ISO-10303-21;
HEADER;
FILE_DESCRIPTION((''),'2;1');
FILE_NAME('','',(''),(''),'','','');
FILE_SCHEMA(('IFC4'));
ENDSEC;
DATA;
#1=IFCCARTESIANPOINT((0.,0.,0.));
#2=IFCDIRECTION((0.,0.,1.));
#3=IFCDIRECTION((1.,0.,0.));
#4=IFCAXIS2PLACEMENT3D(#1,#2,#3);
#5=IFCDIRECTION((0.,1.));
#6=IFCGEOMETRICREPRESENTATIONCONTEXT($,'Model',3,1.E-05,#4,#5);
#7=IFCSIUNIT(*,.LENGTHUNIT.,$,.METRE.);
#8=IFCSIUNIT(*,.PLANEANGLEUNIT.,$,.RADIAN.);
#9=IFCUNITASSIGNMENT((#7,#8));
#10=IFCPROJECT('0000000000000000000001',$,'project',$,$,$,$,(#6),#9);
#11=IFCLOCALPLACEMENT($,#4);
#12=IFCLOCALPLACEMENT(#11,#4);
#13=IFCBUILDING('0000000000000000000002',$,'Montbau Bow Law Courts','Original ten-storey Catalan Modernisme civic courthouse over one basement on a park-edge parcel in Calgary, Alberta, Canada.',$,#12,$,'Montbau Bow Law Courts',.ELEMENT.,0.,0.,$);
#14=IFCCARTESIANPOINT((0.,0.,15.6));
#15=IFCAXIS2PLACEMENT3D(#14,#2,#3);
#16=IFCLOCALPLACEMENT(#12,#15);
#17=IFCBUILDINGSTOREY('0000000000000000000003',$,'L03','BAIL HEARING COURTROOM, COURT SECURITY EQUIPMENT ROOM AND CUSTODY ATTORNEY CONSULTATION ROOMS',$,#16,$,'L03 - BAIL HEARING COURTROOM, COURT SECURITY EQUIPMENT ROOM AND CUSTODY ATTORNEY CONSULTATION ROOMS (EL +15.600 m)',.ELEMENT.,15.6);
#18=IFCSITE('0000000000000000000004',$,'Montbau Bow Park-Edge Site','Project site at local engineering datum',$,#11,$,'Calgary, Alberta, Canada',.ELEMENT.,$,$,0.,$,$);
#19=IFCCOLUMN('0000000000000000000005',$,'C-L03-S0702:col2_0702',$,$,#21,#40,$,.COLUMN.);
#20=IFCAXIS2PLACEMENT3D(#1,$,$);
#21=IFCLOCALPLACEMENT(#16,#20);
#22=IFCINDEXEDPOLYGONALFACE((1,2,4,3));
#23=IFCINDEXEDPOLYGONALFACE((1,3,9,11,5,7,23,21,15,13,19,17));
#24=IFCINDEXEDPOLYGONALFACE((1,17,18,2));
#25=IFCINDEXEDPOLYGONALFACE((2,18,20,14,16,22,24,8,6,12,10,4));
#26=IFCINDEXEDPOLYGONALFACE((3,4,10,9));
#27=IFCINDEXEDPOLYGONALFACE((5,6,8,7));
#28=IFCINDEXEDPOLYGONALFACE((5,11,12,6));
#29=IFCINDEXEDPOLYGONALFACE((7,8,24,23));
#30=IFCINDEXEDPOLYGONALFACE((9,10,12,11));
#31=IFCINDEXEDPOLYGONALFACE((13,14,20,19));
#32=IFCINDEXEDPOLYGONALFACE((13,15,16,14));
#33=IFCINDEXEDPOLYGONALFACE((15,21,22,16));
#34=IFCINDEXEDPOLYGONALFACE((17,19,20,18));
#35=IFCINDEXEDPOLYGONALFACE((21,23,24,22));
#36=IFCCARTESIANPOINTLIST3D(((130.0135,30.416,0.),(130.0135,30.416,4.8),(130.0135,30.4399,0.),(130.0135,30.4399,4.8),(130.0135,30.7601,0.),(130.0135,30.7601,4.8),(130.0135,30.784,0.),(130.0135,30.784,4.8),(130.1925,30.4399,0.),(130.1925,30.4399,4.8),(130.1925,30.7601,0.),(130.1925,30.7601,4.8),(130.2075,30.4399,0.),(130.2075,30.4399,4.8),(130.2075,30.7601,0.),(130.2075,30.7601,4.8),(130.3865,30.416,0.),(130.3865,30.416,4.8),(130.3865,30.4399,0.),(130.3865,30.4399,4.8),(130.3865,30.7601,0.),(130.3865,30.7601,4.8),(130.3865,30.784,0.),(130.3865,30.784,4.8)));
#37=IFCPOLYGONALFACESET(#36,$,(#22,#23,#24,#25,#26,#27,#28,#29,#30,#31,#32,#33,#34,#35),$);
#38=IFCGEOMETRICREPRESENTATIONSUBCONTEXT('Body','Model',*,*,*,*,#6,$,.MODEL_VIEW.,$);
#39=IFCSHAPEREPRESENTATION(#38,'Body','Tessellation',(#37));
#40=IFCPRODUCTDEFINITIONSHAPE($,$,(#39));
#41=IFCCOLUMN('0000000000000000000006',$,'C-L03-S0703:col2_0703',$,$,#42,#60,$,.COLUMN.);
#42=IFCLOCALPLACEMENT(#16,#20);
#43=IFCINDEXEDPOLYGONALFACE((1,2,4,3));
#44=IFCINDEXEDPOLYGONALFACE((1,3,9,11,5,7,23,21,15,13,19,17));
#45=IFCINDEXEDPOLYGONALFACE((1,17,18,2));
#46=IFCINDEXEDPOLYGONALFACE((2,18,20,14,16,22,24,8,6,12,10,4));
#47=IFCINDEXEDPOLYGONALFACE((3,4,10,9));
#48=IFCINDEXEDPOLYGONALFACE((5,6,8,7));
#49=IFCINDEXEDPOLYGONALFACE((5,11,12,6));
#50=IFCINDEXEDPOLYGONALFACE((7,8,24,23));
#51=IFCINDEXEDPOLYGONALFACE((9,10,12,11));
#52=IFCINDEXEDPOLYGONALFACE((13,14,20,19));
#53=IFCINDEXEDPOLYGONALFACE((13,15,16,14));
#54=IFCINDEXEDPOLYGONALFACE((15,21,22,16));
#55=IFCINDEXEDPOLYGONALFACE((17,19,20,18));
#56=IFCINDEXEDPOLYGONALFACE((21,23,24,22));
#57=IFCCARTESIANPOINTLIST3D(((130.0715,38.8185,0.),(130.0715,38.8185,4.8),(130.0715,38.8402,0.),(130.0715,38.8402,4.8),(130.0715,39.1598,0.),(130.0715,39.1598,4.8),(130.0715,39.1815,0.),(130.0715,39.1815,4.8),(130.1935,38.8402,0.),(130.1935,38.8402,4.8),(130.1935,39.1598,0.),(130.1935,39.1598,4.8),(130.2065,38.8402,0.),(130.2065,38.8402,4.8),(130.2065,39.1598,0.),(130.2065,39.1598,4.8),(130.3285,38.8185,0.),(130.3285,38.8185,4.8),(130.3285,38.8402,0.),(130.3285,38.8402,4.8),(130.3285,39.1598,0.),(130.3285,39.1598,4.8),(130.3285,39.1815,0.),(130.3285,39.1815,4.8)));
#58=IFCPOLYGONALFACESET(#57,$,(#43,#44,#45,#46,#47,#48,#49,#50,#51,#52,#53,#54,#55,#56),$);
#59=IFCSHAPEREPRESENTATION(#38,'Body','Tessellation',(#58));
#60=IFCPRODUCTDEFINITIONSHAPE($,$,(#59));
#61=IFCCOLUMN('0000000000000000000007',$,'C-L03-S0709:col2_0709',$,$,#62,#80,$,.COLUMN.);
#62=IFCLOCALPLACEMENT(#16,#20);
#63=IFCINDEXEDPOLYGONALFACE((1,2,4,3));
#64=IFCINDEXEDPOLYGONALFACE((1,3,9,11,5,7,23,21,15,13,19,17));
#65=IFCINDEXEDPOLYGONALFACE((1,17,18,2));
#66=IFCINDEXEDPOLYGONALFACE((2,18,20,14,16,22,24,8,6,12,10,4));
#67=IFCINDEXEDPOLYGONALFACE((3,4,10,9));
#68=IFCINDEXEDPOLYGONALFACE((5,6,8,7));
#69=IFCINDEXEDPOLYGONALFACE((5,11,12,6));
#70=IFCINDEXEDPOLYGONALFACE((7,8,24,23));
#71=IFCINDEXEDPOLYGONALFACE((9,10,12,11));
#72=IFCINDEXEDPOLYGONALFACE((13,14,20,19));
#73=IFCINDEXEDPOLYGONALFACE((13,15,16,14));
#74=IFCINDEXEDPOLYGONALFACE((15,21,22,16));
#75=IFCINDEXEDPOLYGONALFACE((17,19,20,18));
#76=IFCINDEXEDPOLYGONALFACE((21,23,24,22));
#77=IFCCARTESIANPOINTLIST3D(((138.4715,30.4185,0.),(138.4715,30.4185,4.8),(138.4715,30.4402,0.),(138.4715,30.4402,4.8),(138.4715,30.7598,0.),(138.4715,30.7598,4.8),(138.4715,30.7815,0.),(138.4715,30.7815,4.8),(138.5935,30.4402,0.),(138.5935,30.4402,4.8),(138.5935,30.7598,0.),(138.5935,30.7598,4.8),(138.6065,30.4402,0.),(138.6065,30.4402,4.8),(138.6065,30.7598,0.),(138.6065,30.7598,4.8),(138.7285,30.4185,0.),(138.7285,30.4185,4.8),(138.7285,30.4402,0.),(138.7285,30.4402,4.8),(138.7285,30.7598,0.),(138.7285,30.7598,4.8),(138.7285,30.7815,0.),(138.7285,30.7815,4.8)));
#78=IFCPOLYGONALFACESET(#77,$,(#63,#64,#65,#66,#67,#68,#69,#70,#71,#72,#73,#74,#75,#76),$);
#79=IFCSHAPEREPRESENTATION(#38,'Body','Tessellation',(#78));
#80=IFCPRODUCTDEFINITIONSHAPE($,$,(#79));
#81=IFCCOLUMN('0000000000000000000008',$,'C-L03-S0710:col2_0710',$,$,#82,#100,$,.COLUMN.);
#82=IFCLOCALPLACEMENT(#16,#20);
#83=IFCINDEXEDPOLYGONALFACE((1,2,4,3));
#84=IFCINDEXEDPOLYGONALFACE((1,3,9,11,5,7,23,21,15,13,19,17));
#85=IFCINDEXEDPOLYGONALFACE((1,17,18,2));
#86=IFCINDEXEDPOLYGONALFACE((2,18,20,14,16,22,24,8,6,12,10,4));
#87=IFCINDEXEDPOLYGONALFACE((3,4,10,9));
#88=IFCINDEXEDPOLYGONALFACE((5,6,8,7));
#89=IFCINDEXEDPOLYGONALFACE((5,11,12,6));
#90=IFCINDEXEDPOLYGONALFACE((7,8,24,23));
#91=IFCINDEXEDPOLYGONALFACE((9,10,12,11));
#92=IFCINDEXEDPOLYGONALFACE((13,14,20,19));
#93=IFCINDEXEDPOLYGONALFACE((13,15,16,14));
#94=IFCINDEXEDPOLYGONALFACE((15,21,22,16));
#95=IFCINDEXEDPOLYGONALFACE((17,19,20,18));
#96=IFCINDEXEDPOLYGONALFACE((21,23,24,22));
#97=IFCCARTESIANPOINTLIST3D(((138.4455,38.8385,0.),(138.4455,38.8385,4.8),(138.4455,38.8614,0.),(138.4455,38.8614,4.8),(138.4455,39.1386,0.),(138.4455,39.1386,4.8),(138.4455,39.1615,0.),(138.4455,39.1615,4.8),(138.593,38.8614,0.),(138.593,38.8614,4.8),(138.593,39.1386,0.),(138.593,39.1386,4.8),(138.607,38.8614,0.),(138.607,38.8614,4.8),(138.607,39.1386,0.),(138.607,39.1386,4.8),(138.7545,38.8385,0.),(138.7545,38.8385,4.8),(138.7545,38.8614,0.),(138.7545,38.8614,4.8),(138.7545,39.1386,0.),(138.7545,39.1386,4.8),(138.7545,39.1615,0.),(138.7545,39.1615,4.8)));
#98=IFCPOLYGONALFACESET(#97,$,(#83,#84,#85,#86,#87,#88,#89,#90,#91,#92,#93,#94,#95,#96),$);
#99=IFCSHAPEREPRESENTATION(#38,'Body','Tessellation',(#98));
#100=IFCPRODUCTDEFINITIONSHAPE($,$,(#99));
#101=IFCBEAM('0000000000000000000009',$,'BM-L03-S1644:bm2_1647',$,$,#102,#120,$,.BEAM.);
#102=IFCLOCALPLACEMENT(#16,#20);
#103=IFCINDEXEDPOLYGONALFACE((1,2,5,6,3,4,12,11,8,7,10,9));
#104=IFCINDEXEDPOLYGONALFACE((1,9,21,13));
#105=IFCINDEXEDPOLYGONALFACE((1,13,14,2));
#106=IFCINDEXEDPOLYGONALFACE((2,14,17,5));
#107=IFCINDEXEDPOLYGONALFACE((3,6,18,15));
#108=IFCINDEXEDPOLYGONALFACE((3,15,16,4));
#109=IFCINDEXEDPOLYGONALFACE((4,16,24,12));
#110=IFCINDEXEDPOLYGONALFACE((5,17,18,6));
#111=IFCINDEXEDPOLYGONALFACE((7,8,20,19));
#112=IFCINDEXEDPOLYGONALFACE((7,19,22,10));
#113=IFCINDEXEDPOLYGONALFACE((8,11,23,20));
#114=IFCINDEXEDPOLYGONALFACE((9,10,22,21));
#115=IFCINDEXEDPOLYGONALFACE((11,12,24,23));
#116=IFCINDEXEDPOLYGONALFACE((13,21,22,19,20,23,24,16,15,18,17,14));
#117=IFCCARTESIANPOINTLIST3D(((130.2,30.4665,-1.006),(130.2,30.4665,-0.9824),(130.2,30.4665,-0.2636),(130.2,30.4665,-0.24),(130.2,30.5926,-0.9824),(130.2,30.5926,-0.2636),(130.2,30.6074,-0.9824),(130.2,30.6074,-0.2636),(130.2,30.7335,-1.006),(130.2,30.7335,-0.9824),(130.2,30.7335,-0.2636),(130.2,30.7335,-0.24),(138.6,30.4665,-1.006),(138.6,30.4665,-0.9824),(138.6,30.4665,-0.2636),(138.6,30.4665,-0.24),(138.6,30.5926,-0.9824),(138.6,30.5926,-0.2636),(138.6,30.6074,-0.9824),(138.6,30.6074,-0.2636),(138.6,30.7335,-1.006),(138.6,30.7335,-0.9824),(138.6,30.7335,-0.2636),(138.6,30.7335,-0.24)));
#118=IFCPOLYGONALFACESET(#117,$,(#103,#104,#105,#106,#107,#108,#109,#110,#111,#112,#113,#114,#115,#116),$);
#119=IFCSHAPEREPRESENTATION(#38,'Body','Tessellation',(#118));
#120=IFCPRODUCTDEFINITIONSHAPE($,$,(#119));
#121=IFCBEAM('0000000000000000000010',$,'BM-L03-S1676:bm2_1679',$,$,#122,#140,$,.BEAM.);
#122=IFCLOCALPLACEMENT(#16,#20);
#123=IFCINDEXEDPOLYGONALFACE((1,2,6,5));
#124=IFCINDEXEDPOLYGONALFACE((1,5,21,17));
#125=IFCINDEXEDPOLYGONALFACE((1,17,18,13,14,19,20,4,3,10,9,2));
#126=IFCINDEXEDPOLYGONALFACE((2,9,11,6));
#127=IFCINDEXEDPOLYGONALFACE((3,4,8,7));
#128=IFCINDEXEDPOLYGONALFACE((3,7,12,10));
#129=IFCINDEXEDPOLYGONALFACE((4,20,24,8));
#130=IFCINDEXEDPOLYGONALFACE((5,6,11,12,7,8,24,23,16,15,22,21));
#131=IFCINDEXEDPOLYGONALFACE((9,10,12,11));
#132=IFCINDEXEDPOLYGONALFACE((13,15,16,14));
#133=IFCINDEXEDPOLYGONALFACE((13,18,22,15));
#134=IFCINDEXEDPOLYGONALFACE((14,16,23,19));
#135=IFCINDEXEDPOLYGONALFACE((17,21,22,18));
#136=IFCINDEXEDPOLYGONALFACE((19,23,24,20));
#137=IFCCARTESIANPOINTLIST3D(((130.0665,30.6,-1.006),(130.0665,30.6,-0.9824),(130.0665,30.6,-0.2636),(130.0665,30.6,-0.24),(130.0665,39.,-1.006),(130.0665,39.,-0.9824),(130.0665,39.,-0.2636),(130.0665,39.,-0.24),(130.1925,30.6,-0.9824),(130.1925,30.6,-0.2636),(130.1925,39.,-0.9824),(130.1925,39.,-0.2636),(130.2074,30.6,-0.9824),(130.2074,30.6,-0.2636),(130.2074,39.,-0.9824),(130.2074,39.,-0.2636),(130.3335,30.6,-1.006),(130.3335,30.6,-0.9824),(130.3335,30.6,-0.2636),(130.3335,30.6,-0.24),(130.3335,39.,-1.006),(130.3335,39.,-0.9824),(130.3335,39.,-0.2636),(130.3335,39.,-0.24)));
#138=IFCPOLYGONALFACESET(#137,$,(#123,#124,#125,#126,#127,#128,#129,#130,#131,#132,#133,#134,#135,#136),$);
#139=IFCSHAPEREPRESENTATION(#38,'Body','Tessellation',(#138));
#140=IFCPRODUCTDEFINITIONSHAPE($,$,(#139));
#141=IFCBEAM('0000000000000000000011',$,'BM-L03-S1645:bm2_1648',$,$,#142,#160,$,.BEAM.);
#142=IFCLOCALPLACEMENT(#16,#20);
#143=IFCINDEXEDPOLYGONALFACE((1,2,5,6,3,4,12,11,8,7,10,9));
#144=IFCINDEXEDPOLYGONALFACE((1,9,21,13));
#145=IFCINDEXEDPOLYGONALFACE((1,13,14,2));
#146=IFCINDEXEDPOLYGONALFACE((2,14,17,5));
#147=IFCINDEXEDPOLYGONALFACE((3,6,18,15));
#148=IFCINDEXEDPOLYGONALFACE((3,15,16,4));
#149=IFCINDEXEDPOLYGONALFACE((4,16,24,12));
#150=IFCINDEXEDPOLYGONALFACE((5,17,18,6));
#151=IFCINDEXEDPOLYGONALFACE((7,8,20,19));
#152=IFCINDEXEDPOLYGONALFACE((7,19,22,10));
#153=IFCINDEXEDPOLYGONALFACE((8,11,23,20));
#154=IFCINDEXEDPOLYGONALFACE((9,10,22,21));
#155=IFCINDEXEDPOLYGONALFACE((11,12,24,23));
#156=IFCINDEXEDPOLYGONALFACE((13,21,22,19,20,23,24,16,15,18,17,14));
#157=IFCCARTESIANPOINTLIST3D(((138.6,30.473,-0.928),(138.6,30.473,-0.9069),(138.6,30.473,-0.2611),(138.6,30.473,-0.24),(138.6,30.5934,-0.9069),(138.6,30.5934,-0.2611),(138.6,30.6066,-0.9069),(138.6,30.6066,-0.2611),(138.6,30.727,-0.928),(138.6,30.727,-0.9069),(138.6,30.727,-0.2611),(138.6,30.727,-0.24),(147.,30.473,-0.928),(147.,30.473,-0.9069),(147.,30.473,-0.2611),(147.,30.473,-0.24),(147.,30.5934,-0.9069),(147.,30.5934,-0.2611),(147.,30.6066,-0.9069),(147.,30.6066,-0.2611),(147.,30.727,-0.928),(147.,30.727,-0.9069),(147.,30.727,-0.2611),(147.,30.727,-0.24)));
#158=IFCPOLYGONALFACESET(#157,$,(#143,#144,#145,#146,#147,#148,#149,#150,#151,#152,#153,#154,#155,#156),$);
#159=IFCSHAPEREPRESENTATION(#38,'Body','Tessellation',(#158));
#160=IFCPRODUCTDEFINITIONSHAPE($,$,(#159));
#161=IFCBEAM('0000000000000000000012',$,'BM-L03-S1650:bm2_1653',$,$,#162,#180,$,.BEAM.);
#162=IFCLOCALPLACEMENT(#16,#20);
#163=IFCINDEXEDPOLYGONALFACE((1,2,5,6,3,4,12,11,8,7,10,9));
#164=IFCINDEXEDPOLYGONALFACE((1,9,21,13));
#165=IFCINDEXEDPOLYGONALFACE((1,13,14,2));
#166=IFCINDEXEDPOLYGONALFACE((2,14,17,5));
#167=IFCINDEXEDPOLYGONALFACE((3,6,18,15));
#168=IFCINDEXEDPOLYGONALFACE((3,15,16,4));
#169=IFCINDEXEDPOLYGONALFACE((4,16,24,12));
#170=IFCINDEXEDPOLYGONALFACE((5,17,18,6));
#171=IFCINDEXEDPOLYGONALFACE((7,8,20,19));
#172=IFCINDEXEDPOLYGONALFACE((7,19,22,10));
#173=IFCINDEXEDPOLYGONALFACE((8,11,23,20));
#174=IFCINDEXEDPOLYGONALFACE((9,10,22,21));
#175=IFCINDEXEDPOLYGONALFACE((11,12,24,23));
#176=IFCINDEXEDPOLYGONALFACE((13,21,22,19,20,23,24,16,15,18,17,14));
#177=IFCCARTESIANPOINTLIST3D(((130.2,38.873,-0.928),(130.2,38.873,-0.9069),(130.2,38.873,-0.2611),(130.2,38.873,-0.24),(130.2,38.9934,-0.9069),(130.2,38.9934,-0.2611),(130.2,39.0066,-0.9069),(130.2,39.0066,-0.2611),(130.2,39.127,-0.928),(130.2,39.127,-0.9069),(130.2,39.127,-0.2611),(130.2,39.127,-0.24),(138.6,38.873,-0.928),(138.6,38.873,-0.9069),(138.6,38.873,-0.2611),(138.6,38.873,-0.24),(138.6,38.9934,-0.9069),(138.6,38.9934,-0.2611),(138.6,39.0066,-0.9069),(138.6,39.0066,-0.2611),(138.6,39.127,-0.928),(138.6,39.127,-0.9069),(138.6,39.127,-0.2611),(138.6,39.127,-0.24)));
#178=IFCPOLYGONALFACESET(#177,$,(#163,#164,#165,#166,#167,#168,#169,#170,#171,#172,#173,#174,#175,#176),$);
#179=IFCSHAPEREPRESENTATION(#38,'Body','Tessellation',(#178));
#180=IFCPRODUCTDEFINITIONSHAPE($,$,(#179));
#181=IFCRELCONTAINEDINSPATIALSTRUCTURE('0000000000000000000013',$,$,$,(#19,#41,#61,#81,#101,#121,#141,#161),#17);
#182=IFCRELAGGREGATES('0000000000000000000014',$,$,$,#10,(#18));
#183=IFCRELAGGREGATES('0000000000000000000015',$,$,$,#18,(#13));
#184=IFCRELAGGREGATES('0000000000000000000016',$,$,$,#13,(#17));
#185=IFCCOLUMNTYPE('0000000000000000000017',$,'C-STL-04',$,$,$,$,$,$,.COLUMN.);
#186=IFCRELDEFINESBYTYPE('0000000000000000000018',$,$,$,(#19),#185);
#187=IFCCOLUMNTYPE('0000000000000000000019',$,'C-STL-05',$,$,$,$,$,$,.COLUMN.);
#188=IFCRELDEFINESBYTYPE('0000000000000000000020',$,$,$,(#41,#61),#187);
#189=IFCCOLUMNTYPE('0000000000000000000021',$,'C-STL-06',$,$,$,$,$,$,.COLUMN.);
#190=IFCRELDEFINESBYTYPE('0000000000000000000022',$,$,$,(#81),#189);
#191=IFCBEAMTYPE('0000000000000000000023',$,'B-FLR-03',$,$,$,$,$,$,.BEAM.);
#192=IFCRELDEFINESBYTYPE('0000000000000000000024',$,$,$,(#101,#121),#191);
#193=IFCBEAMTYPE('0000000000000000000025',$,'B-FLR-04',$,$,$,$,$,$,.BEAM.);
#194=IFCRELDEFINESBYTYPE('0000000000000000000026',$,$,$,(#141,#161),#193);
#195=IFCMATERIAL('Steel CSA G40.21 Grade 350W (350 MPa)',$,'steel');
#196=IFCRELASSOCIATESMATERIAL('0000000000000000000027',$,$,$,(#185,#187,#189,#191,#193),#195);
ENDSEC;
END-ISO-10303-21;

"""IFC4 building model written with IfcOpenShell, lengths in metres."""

from ifc_helpers import new_model, si_unit, direction, frame, origin_with_axes, origin_2d_with_axis, place, context, subcontext, project, spatial, i_section, extrude, material, material_profile, profile_set, type_object, element, save


model = new_model("IFC4")

# Units and contexts
model_context = context("Model", 3, precision=1e-05, world=origin_with_axes(), true_north=direction((0.0, 1.0)))
body_context = subcontext(model_context, "Body", "Model", "MODEL_VIEW")
ifc_project = project(units=[si_unit("LENGTHUNIT", "METRE"), si_unit("PLANEANGLEUNIT", "RADIAN")], contexts=[model_context])

# Site, building, storey
site_placement = place(None, origin_with_axes())
site = spatial("IfcSite", under=ifc_project, at=site_placement, Name="Montbau Bow Park-Edge Site", Description="Project site at local engineering datum", LongName="Calgary, Alberta, Canada", CompositionType="ELEMENT", RefElevation=0.0)
building_placement = place(site_placement, origin_with_axes())
building = spatial("IfcBuilding", under=site, at=building_placement, Name="Montbau Bow Law Courts", Description="Original ten-storey Catalan Modernisme civic courthouse over one basement on a park-edge parcel in Calgary, Alberta, Canada.", LongName="Montbau Bow Law Courts", CompositionType="ELEMENT", ElevationOfRefHeight=0.0, ElevationOfTerrain=0.0)
storey_placement = place(building_placement, frame((0.0, 0.0, 15.6), z_axis=(0.0, 0.0, 1.0), x_axis=(1.0, 0.0, 0.0)))
storey = spatial("IfcBuildingStorey", under=building, at=storey_placement, Name="L03", Description="BAIL HEARING COURTROOM, COURT SECURITY EQUIPMENT ROOM AND CUSTODY ATTORNEY CONSULTATION ROOMS", LongName="L03 - BAIL HEARING COURTROOM, COURT SECURITY EQUIPMENT ROOM AND CUSTODY ATTORNEY CONSULTATION ROOMS (EL +15.600 m)", CompositionType="ELEMENT", Elevation=15.6)

# Columns
ifc_material_1 = material(Name="Steel CSA G40.21 Grade 350W (350 MPa)", Category="steel")
ifc_material_profile_1 = material_profile(ifc_material_1, i_section(OverallWidth=0.373, OverallDepth=0.368, WebThickness=0.015, FlangeThickness=0.0239, at=origin_2d_with_axis()), Name="W360X179", Category="Main", Priority=0)
ifc_profile_set_1 = profile_set([ifc_material_profile_1], Name="Steel CSA G40.21 Grade 350W (350 MPa)")
column_type_1 = type_object("IfcColumnType", Name="C-STL-04", PredefinedType="COLUMN", material=ifc_profile_set_1)
column_1_placement = place(None, frame((130.2, 30.6, 15.6), z_axis=(0.0, 0.0, 1.0), x_axis=(1.0, 0.0, 0.0)))
element("IfcColumn", 1, at=column_1_placement, inside=storey, type_object=column_type_1, Name="C-L03-S0702:col2_0702", PredefinedType="COLUMN", context=body_context, shape_type="SweptSolid", body=[
    extrude(i_section(OverallWidth=0.373, OverallDepth=0.368, WebThickness=0.015, FlangeThickness=0.0239, at=origin_2d_with_axis()), origin_with_axes(), (0.0, 0.0, 1.0), 4.8),
])
ifc_material_profile_2 = material_profile(ifc_material_1, i_section(OverallWidth=0.257, OverallDepth=0.363, WebThickness=0.013, FlangeThickness=0.0217, at=origin_2d_with_axis()), Name="W360X122", Category="Main", Priority=0)
ifc_profile_set_2 = profile_set([ifc_material_profile_2], Name="Steel CSA G40.21 Grade 350W (350 MPa)")
column_type_2 = type_object("IfcColumnType", Name="C-STL-05", PredefinedType="COLUMN", material=ifc_profile_set_2)
for number, where, z_axis, x_axis, name in (
    (2, (130.2, 39.0, 15.6), (0.0, 0.0, 1.0), (1.0, 0.0, 0.0), "C-L03-S0703:col2_0703"),
    (3, (138.6, 30.6, 15.6), (0.0, 0.0, 1.0), (1.0, 0.0, 0.0), "C-L03-S0709:col2_0709"),
):
    element("IfcColumn", number, at=place(None, frame(where, z_axis=z_axis, x_axis=x_axis)), inside=storey, type_object=column_type_2, Name=name, PredefinedType="COLUMN", context=body_context, shape_type="SweptSolid", body=[
        extrude(i_section(OverallWidth=0.257, OverallDepth=0.363, WebThickness=0.013, FlangeThickness=0.0217, at=origin_2d_with_axis()), origin_with_axes(), (0.0, 0.0, 1.0), 4.8),
    ])
ifc_material_profile_3 = material_profile(ifc_material_1, i_section(OverallWidth=0.309, OverallDepth=0.323, WebThickness=0.014, FlangeThickness=0.0229, at=origin_2d_with_axis()), Name="W310X143", Category="Main", Priority=0)
ifc_profile_set_3 = profile_set([ifc_material_profile_3], Name="Steel CSA G40.21 Grade 350W (350 MPa)")
column_type_3 = type_object("IfcColumnType", Name="C-STL-06", PredefinedType="COLUMN", material=ifc_profile_set_3)
column_2_placement = place(None, frame((138.6, 39.0, 15.6), z_axis=(0.0, 0.0, 1.0), x_axis=(1.0, 0.0, 0.0)))
element("IfcColumn", 4, at=column_2_placement, inside=storey, type_object=column_type_3, Name="C-L03-S0710:col2_0710", PredefinedType="COLUMN", context=body_context, shape_type="SweptSolid", body=[
    extrude(i_section(OverallWidth=0.309, OverallDepth=0.323, WebThickness=0.014, FlangeThickness=0.0229, at=origin_2d_with_axis()), origin_with_axes(), (0.0, 0.0, 1.0), 4.8),
])

# Beams
ifc_material_profile_4 = material_profile(ifc_material_1, i_section(OverallWidth=0.267, OverallDepth=0.766, WebThickness=0.0149, FlangeThickness=0.0236, at=origin_2d_with_axis()), Name="W760X185", Category="Main", Priority=0)
ifc_profile_set_4 = profile_set([ifc_material_profile_4], Name="Steel CSA G40.21 Grade 350W (350 MPa)")
beam_type_1 = type_object("IfcBeamType", Name="B-FLR-03", PredefinedType="BEAM", material=ifc_profile_set_4)
for number, where, z_axis, x_axis, name in (
    (5, (130.2, 30.6, 14.977), (1.0, 0.0, 0.0), (0.0, 1.0, 0.0), "BM-L03-S1644:bm2_1647"),
    (6, (130.2, 30.6, 14.977), (0.0, 1.0, 0.0), (-1.0, 0.0, 0.0), "BM-L03-S1676:bm2_1679"),
):
    element("IfcBeam", number, at=place(None, frame(where, z_axis=z_axis, x_axis=x_axis)), inside=storey, type_object=beam_type_1, Name=name, PredefinedType="BEAM", context=body_context, shape_type="SweptSolid", body=[
        extrude(i_section(OverallWidth=0.267, OverallDepth=0.766, WebThickness=0.0149, FlangeThickness=0.0236, at=origin_2d_with_axis()), origin_with_axes(), (0.0, 0.0, 1.0), 8.4),
    ])
ifc_material_profile_5 = material_profile(ifc_material_1, i_section(OverallWidth=0.254, OverallDepth=0.688, WebThickness=0.0131, FlangeThickness=0.0211, at=origin_2d_with_axis()), Name="W690X152", Category="Main", Priority=0)
ifc_profile_set_5 = profile_set([ifc_material_profile_5], Name="Steel CSA G40.21 Grade 350W (350 MPa)")
beam_type_2 = type_object("IfcBeamType", Name="B-FLR-04", PredefinedType="BEAM", material=ifc_profile_set_5)
for number, where, z_axis, x_axis, name in (
    (7, (138.6, 30.6, 15.016), (1.0, 0.0, 0.0), (0.0, 1.0, 0.0), "BM-L03-S1645:bm2_1648"),
    (8, (130.2, 39.0, 15.016), (1.0, 0.0, 0.0), (0.0, 1.0, 0.0), "BM-L03-S1650:bm2_1653"),
):
    element("IfcBeam", number, at=place(None, frame(where, z_axis=z_axis, x_axis=x_axis)), inside=storey, type_object=beam_type_2, Name=name, PredefinedType="BEAM", context=body_context, shape_type="SweptSolid", body=[
        extrude(i_section(OverallWidth=0.254, OverallDepth=0.688, WebThickness=0.0131, FlangeThickness=0.0211, at=origin_2d_with_axis()), origin_with_axes(), (0.0, 0.0, 1.0), 8.4),
    ])

save(model, "model.ifc")
